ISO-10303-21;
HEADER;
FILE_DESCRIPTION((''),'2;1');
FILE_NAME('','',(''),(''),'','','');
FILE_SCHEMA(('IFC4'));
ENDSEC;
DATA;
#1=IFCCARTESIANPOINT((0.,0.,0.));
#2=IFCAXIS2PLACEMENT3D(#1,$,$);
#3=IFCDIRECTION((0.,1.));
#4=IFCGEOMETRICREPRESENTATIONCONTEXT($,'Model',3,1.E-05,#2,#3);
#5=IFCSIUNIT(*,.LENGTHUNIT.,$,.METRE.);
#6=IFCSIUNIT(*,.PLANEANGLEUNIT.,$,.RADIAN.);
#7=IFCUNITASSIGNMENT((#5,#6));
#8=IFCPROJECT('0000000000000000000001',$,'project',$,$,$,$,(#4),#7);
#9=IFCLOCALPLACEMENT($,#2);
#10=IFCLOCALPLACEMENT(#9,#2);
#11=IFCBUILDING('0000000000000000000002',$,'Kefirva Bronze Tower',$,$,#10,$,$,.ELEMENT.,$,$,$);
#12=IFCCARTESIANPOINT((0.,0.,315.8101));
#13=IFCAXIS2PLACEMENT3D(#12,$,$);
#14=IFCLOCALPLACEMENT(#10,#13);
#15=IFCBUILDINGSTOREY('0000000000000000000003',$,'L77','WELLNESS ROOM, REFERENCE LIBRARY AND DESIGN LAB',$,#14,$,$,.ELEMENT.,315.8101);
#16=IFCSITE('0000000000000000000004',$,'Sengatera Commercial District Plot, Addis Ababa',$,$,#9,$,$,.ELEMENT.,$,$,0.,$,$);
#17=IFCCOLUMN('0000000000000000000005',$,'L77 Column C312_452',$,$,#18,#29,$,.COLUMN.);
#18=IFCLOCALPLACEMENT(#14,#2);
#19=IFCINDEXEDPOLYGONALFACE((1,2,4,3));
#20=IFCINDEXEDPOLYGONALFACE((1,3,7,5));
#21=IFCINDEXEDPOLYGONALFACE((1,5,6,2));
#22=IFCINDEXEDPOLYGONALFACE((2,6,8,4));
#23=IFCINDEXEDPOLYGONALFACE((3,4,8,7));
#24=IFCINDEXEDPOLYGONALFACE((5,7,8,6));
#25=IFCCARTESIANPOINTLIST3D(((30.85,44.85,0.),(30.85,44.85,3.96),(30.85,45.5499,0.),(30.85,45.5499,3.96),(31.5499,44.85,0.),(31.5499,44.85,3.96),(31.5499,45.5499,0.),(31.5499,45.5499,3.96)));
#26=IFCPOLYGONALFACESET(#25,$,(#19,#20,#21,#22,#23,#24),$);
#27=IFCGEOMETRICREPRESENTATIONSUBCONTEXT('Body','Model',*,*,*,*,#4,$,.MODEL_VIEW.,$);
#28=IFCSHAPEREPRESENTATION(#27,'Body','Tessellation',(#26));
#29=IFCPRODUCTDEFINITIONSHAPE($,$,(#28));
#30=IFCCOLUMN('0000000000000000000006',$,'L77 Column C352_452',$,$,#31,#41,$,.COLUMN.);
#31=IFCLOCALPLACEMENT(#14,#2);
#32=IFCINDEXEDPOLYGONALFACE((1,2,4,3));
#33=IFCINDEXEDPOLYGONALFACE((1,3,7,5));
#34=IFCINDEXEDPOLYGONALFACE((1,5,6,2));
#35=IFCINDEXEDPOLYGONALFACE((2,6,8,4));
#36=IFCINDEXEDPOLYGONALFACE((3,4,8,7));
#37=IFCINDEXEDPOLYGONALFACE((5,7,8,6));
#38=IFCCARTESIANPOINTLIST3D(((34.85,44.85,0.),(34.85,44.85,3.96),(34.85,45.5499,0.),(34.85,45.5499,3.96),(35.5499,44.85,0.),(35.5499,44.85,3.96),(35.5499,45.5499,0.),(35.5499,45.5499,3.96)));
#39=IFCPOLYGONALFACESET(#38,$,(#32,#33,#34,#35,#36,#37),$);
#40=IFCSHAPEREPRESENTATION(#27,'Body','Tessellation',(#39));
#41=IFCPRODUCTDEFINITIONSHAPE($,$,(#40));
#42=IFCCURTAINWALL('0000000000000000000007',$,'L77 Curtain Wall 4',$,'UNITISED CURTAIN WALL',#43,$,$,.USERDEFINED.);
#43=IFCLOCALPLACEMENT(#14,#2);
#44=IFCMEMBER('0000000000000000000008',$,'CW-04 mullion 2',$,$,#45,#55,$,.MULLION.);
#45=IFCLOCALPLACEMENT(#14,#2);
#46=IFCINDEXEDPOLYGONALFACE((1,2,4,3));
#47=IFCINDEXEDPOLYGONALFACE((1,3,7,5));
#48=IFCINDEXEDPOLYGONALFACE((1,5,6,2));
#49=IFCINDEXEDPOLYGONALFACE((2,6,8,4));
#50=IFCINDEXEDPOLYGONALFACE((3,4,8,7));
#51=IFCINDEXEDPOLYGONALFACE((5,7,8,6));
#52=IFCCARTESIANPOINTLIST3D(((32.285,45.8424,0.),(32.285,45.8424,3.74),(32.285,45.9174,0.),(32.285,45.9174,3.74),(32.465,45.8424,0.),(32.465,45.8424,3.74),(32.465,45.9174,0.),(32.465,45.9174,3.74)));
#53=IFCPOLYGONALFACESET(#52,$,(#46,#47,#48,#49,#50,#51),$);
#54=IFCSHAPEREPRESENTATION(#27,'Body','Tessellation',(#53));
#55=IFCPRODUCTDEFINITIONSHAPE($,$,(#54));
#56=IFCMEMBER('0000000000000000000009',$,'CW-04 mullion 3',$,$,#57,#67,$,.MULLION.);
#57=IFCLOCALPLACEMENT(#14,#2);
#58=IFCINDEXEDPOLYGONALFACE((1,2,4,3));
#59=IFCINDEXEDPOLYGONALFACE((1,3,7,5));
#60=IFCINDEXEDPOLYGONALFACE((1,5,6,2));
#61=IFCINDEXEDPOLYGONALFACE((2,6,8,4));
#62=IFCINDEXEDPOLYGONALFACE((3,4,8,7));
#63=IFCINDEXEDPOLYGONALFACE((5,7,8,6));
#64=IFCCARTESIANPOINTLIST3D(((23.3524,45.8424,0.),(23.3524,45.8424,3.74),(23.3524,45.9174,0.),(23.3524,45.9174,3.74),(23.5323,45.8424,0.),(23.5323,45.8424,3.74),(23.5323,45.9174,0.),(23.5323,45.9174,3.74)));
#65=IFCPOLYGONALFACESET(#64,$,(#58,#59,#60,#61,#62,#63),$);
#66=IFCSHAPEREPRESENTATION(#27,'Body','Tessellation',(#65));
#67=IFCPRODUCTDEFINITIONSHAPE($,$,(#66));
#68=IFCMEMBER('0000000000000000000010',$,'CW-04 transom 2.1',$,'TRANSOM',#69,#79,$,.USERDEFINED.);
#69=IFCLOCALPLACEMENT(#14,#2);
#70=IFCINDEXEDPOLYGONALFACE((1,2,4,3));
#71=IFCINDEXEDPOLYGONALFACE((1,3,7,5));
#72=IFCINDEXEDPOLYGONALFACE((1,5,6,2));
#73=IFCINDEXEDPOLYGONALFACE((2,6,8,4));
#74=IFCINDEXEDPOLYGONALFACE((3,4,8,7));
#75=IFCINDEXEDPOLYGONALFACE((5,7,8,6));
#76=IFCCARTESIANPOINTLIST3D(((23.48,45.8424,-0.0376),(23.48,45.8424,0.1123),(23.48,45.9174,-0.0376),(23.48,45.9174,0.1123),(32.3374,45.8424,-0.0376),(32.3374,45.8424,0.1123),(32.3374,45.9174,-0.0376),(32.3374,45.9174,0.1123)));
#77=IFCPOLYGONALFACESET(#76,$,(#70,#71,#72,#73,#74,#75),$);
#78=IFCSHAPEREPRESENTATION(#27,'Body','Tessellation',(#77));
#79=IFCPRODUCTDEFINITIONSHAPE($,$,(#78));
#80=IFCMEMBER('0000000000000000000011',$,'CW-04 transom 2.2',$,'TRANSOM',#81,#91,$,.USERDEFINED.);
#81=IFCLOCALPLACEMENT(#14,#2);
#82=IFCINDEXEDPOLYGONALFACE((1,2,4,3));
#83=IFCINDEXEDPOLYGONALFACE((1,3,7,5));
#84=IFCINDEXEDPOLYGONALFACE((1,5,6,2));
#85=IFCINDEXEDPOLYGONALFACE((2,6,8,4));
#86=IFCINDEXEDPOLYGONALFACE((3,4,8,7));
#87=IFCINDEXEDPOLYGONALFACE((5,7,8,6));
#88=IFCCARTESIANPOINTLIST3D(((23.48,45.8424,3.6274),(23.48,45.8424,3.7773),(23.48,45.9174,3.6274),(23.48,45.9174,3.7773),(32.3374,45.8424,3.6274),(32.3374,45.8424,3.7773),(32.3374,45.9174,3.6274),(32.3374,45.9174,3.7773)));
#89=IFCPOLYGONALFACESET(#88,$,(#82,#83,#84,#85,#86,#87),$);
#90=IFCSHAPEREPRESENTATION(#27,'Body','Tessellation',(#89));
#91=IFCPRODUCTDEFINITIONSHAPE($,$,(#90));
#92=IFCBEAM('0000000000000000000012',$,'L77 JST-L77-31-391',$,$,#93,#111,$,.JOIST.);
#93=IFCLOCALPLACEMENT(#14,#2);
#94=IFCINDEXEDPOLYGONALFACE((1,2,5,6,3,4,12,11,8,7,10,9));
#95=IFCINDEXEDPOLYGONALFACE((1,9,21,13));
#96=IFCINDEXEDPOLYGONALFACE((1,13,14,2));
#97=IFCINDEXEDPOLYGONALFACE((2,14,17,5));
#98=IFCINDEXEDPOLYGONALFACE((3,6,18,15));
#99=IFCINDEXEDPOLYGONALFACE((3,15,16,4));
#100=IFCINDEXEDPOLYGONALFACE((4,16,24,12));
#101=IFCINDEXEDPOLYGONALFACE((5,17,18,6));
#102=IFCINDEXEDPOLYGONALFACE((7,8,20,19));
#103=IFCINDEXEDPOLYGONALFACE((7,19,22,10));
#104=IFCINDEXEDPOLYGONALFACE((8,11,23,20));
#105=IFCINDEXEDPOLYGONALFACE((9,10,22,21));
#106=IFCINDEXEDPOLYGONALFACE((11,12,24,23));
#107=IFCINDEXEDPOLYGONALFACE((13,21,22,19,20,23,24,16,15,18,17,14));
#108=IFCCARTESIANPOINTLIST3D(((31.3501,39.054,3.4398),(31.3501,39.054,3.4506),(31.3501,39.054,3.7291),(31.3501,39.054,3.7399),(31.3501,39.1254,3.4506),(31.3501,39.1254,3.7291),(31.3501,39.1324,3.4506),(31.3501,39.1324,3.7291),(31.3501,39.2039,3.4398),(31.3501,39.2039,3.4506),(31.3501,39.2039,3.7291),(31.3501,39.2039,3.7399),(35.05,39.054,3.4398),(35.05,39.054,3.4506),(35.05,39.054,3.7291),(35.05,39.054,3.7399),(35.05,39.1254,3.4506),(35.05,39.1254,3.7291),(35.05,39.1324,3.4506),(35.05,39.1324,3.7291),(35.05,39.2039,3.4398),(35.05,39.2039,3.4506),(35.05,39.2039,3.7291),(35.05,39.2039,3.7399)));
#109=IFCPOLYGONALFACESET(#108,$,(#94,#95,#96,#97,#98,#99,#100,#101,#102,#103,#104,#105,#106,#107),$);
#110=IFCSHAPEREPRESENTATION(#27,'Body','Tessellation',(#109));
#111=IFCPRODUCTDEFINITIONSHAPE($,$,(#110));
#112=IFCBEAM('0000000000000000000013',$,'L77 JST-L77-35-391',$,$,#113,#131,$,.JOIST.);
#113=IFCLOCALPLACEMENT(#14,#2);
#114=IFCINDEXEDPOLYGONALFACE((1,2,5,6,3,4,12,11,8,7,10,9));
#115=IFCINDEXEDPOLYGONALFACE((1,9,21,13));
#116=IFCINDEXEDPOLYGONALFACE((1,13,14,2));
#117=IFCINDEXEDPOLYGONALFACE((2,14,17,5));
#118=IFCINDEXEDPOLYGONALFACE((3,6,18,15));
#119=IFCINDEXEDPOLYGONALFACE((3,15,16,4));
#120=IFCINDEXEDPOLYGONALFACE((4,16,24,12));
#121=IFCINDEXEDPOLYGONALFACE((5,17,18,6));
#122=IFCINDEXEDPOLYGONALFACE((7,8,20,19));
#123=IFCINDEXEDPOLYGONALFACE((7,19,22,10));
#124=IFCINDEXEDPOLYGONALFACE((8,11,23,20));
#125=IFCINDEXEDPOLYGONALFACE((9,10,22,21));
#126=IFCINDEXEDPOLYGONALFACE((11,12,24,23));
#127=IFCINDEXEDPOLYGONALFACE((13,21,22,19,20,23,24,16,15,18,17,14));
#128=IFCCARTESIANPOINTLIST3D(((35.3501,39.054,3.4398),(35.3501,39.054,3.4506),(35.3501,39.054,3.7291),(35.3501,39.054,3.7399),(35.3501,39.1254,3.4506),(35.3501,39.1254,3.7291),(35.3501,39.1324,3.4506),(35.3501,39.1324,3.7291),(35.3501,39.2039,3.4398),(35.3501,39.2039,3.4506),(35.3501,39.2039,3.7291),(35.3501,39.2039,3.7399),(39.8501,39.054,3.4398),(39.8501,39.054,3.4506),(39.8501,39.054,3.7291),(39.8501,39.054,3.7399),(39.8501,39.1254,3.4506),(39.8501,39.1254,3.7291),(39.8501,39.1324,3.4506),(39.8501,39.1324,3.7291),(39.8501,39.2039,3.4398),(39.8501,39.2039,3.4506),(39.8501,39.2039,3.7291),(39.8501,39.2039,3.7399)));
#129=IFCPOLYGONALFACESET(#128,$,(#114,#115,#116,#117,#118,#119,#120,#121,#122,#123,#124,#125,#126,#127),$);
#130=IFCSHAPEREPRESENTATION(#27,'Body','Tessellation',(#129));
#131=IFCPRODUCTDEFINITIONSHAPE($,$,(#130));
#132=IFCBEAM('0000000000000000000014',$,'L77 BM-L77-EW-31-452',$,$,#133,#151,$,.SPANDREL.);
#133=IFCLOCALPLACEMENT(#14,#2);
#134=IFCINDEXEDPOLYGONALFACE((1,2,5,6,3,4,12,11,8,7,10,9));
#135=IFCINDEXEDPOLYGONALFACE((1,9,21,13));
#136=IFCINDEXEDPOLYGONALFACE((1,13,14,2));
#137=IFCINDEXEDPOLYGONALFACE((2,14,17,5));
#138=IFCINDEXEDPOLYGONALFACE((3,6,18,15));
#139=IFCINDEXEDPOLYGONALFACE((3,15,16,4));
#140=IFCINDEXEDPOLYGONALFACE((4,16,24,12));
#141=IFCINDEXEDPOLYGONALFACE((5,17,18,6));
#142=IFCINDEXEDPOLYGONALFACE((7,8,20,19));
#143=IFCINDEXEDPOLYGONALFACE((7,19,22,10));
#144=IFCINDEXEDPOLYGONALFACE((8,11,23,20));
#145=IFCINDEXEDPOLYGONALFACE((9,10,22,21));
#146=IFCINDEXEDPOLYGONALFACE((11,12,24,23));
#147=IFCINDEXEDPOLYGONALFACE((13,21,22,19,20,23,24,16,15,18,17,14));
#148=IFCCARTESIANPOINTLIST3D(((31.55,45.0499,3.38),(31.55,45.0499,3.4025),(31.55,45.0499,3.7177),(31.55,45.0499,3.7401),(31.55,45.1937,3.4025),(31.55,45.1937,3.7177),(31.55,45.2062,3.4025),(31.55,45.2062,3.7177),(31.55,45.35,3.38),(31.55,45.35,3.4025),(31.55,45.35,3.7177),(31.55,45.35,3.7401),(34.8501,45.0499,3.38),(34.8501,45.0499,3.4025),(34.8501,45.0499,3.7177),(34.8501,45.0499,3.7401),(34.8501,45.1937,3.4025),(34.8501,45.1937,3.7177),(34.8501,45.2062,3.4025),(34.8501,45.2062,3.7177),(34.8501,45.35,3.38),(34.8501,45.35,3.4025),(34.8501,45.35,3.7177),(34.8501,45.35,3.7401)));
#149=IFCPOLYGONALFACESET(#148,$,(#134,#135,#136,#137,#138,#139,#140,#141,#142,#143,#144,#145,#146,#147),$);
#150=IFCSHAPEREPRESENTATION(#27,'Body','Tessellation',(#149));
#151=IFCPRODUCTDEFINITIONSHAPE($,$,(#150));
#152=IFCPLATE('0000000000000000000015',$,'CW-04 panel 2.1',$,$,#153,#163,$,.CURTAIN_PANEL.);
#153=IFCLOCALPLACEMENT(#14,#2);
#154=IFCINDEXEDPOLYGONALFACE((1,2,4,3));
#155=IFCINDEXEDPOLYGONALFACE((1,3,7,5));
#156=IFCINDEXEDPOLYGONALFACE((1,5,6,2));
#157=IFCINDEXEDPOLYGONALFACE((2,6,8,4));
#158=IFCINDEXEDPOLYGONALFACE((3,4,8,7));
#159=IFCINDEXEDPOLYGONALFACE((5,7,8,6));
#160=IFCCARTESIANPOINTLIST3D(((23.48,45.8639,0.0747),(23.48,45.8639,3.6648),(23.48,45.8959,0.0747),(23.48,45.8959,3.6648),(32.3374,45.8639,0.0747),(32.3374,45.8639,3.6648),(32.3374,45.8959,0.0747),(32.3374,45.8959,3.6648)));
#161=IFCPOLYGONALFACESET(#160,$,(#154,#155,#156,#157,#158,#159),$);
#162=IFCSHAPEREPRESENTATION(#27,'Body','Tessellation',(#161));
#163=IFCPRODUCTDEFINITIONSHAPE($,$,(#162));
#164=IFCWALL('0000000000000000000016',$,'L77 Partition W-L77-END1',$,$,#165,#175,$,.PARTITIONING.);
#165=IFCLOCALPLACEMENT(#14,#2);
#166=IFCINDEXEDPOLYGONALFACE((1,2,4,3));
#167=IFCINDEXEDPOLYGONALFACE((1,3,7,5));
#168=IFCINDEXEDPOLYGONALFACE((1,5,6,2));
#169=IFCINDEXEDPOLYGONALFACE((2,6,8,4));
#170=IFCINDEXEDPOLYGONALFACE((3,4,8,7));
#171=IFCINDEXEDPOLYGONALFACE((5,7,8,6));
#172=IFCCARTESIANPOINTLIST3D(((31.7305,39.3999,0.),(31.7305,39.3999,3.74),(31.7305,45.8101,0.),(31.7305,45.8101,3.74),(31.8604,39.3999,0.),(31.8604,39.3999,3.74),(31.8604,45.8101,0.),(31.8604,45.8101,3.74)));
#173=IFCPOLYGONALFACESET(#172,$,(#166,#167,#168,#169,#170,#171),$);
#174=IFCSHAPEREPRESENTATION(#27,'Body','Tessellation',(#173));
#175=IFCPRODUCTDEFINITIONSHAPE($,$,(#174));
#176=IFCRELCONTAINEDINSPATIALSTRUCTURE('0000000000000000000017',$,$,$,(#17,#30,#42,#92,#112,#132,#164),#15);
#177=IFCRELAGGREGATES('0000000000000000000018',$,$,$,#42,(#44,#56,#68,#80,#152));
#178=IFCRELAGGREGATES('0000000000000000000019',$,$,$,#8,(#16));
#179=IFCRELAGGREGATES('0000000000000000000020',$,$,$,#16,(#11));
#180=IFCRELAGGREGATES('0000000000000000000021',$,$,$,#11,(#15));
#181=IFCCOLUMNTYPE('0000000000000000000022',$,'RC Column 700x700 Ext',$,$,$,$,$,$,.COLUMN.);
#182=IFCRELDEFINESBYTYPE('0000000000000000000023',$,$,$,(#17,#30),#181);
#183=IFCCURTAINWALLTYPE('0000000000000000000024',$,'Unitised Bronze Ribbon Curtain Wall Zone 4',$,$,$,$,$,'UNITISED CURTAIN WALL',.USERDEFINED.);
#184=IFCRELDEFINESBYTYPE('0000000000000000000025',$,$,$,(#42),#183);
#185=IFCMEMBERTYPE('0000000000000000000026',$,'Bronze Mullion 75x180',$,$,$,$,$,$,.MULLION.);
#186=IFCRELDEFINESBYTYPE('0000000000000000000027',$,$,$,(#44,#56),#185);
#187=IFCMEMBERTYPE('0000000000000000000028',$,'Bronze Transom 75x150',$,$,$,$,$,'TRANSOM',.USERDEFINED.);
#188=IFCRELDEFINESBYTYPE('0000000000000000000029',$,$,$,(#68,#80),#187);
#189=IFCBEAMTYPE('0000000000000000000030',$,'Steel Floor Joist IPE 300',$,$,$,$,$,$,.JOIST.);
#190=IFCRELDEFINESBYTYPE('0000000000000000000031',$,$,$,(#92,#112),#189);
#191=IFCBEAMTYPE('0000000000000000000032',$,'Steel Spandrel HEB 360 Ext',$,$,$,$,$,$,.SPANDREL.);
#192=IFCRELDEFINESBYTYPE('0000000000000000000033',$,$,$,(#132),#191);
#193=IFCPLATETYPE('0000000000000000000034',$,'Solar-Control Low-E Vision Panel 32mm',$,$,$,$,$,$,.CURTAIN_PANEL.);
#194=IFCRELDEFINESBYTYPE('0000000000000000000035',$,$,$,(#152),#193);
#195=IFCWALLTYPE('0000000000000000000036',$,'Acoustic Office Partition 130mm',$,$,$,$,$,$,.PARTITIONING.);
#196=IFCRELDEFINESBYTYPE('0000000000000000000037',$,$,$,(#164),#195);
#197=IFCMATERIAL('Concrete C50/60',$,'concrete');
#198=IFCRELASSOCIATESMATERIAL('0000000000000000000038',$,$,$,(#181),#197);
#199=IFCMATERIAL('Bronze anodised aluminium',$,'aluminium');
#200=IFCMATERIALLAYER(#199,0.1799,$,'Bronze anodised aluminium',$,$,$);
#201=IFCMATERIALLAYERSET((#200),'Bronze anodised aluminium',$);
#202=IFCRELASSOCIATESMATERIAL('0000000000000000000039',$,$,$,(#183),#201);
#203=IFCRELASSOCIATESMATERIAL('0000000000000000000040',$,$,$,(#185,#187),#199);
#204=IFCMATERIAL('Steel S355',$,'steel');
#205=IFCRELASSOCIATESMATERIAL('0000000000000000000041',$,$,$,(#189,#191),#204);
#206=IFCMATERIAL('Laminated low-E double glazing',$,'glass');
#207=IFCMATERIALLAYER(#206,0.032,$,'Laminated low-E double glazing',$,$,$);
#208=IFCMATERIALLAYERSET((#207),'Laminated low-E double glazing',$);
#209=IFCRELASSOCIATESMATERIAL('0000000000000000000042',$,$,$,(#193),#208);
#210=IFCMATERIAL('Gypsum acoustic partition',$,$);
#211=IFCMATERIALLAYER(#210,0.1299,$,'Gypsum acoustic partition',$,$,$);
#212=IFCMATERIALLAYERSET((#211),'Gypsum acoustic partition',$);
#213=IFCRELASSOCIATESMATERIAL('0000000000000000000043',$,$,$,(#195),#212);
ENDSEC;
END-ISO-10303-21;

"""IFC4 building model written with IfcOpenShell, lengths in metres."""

from ifc_helpers import new_model, si_unit, direction, frame, frame_2d, origin, origin_2d, place, context, subcontext, project, spatial, rectangle, i_section, extrude, material, layer, layer_set, material_profile, profile_set, type_object, element, aggregate, save


model = new_model("IFC4")

# Units and contexts
model_context = context("Model", 3, precision=1e-05, world=origin(), true_north=direction((0.0, 1.0)))
body_context = subcontext(model_context, "Body", "Model", "MODEL_VIEW")
ifc_project = project(units=[si_unit("LENGTHUNIT", "METRE"), si_unit("PLANEANGLEUNIT", "RADIAN")], contexts=[model_context])

# Site, building, storey
site_placement = place(None, origin())
site = spatial("IfcSite", under=ifc_project, at=site_placement, Name="Sengatera Commercial District Plot, Addis Ababa", CompositionType="ELEMENT", RefElevation=0.0)
building_placement = place(site_placement, origin())
building = spatial("IfcBuilding", under=site, at=building_placement, Name="Kefirva Bronze Tower", CompositionType="ELEMENT")
storey_placement = place(building_placement, frame((0.0, 0.0, 315.8101)))
storey = spatial("IfcBuildingStorey", under=building, at=storey_placement, Name="L77", Description="WELLNESS ROOM, REFERENCE LIBRARY AND DESIGN LAB", CompositionType="ELEMENT", Elevation=315.8101)

# Columns
ifc_material_1 = material(Name="Concrete C50/60", Category="concrete")
ifc_material_profile_1 = material_profile(ifc_material_1, rectangle(XDim=0.7, YDim=0.7, at=origin_2d()), Name="RC 700x700")
ifc_profile_set_1 = profile_set([ifc_material_profile_1], Name="Concrete C50/60")
column_type = type_object("IfcColumnType", Name="RC Column 700x700 Ext", PredefinedType="COLUMN", material=ifc_profile_set_1)
for number, where, z_axis, x_axis, name in (
    (1, (31.2, 45.2, 0.0), (0.0, 0.0, 1.0), (1.0, 0.0, 0.0), "L77 Column C312_452"),
    (2, (35.2, 45.2, 0.0), (0.0, 0.0, 1.0), (1.0, 0.0, 0.0), "L77 Column C352_452"),
):
    element("IfcColumn", number, at=place(storey_placement, frame(where, z_axis=z_axis, x_axis=x_axis)), inside=storey, type_object=column_type, Name=name, PredefinedType="COLUMN", context=body_context, shape_type="SweptSolid", body=[
        extrude(rectangle(XDim=0.7, YDim=0.7, at=origin_2d()), origin(), (0.0, 0.0, 1.0), 3.96),
    ])

# Curtain wall, members
ifc_material_2 = material(Name="Bronze anodised aluminium", Category="aluminium")
ifc_layer_1 = layer(ifc_material_2, 0.1799, Name="Bronze anodised aluminium")
ifc_layer_set_1 = layer_set([ifc_layer_1], Name="Bronze anodised aluminium")
curtain_wall_type = type_object("IfcCurtainWallType", Name="Unitised Bronze Ribbon Curtain Wall Zone 4", ElementType="UNITISED CURTAIN WALL", PredefinedType="USERDEFINED", material=ifc_layer_set_1)
curtain_wall_placement = place(storey_placement, origin())
curtain_wall = element("IfcCurtainWall", 3, at=curtain_wall_placement, inside=storey, type_object=curtain_wall_type, Name="L77 Curtain Wall 4", ObjectType="UNITISED CURTAIN WALL", PredefinedType="USERDEFINED")
ifc_material_profile_2 = material_profile(ifc_material_2, rectangle(XDim=0.075, YDim=0.1799, at=origin_2d()), Name="ALU 75x180")
ifc_profile_set_2 = profile_set([ifc_material_profile_2], Name="Bronze anodised aluminium")
member_type_1 = type_object("IfcMemberType", Name="Bronze Mullion 75x180", PredefinedType="MULLION", material=ifc_profile_set_2)
member_1_placement = place(storey_placement, frame((32.375, 45.8799, 0.0), z_axis=(0.0, 0.0, 1.0), x_axis=(0.0, -1.0, 0.0)))
member_1 = element("IfcMember", 4, at=member_1_placement, type_object=member_type_1, Name="CW-04 mullion 2", PredefinedType="MULLION", context=body_context, shape_type="SweptSolid", body=[
    extrude(rectangle(XDim=0.075, YDim=0.1799, at=origin_2d()), origin(), (0.0, 0.0, 1.0), 3.74),
])
member_2_placement = place(storey_placement, frame((23.4424, 45.8799, 0.0), z_axis=(0.0, 0.0, 1.0), x_axis=(0.0, -1.0, 0.0)))
member_2 = element("IfcMember", 5, at=member_2_placement, type_object=member_type_1, Name="CW-04 mullion 3", PredefinedType="MULLION", context=body_context, shape_type="SweptSolid", body=[
    extrude(rectangle(XDim=0.075, YDim=0.1799, at=origin_2d()), origin(), (0.0, 0.0, 1.0), 3.74),
])
ifc_material_profile_3 = material_profile(ifc_material_2, rectangle(XDim=0.075, YDim=0.1499, at=origin_2d()), Name="ALU 75x150")
ifc_profile_set_3 = profile_set([ifc_material_profile_3], Name="Bronze anodised aluminium")
member_type_2 = type_object("IfcMemberType", Name="Bronze Transom 75x150", ElementType="TRANSOM", PredefinedType="USERDEFINED", material=ifc_profile_set_3)
member_3_placement = place(storey_placement, frame((32.3374, 45.8799, 0.0374), z_axis=(-1.0, 0.0, 0.0), x_axis=(0.0, -1.0, 0.0)))
member_3 = element("IfcMember", 6, at=member_3_placement, type_object=member_type_2, Name="CW-04 transom 2.1", ObjectType="TRANSOM", PredefinedType="USERDEFINED", context=body_context, shape_type="SweptSolid", body=[
    extrude(rectangle(XDim=0.075, YDim=0.1499, at=origin_2d()), origin(), (0.0, 0.0, 1.0), 8.8574),
])
member_4_placement = place(storey_placement, frame((32.3374, 45.8799, 3.7024), z_axis=(-1.0, 0.0, 0.0), x_axis=(0.0, -1.0, 0.0)))
member_4 = element("IfcMember", 7, at=member_4_placement, type_object=member_type_2, Name="CW-04 transom 2.2", ObjectType="TRANSOM", PredefinedType="USERDEFINED", context=body_context, shape_type="SweptSolid", body=[
    extrude(rectangle(XDim=0.075, YDim=0.1499, at=origin_2d()), origin(), (0.0, 0.0, 1.0), 8.8574),
])

# Beams
ifc_material_3 = material(Name="Steel S355", Category="steel")
ifc_material_profile_4 = material_profile(ifc_material_3, i_section(OverallWidth=0.1499, OverallDepth=0.3, WebThickness=0.0071, FlangeThickness=0.0107, at=origin_2d()), Name="IPE 300")
ifc_profile_set_4 = profile_set([ifc_material_profile_4], Name="Steel S355")
beam_type_1 = type_object("IfcBeamType", Name="Steel Floor Joist IPE 300", PredefinedType="JOIST", material=ifc_profile_set_4)
beam_1_placement = place(storey_placement, frame((31.3501, 39.1289, 3.5898), z_axis=(1.0, 0.0, 0.0), x_axis=(0.0, 1.0, 0.0)))
element("IfcBeam", 8, at=beam_1_placement, inside=storey, type_object=beam_type_1, Name="L77 JST-L77-31-391", PredefinedType="JOIST", context=body_context, shape_type="SweptSolid", body=[
    extrude(i_section(OverallWidth=0.1499, OverallDepth=0.3, WebThickness=0.0071, FlangeThickness=0.0107, at=origin_2d()), origin(), (0.0, 0.0, 1.0), 3.7),
])
beam_2_placement = place(storey_placement, frame((35.3501, 39.1289, 3.5898), z_axis=(1.0, 0.0, 0.0), x_axis=(0.0, 1.0, 0.0)))
element("IfcBeam", 9, at=beam_2_placement, inside=storey, type_object=beam_type_1, Name="L77 JST-L77-35-391", PredefinedType="JOIST", context=body_context, shape_type="SweptSolid", body=[
    extrude(i_section(OverallWidth=0.1499, OverallDepth=0.3, WebThickness=0.0071, FlangeThickness=0.0107, at=origin_2d()), origin(), (0.0, 0.0, 1.0), 4.5),
])
ifc_material_profile_5 = material_profile(ifc_material_3, i_section(OverallWidth=0.3, OverallDepth=0.3601, WebThickness=0.0125, FlangeThickness=0.0225, at=origin_2d()), Name="HEB 360")
ifc_profile_set_5 = profile_set([ifc_material_profile_5], Name="Steel S355")
beam_type_2 = type_object("IfcBeamType", Name="Steel Spandrel HEB 360 Ext", PredefinedType="SPANDREL", material=ifc_profile_set_5)
beam_3_placement = place(storey_placement, frame((31.55, 45.2, 3.5601), z_axis=(1.0, 0.0, 0.0), x_axis=(0.0, 1.0, 0.0)))
element("IfcBeam", 10, at=beam_3_placement, inside=storey, type_object=beam_type_2, Name="L77 BM-L77-EW-31-452", PredefinedType="SPANDREL", context=body_context, shape_type="SweptSolid", body=[
    extrude(i_section(OverallWidth=0.3, OverallDepth=0.3601, WebThickness=0.0125, FlangeThickness=0.0225, at=origin_2d()), origin(), (0.0, 0.0, 1.0), 3.3),
])

# Plate
ifc_material_4 = material(Name="Laminated low-E double glazing", Category="glass")
ifc_layer_2 = layer(ifc_material_4, 0.032, Name="Laminated low-E double glazing")
ifc_layer_set_2 = layer_set([ifc_layer_2], Name="Laminated low-E double glazing")
plate_type = type_object("IfcPlateType", Name="Solar-Control Low-E Vision Panel 32mm", PredefinedType="CURTAIN_PANEL", material=ifc_layer_set_2)
plate_placement = place(storey_placement, frame((27.9087, 45.8799, 0.0747), z_axis=(0.0, 0.0, 1.0), x_axis=(-1.0, 0.0, 0.0)))
plate = element("IfcPlate", 11, at=plate_placement, type_object=plate_type, Name="CW-04 panel 2.1", PredefinedType="CURTAIN_PANEL", context=body_context, shape_type="SweptSolid", body=[
    extrude(rectangle(XDim=8.8574, YDim=0.032, at=origin_2d()), origin(), (0.0, 0.0, 1.0), 3.5901),
])
aggregate(curtain_wall, [member_1, member_2, member_3, member_4, plate])

# Wall
ifc_material_5 = material(Name="Gypsum acoustic partition")
ifc_layer_3 = layer(ifc_material_5, 0.1299, Name="Gypsum acoustic partition")
ifc_layer_set_3 = layer_set([ifc_layer_3], Name="Gypsum acoustic partition")
wall_type_1 = type_object("IfcWallType", Name="Acoustic Office Partition 130mm", PredefinedType="PARTITIONING", material=ifc_layer_set_3)
wall_1_placement = place(storey_placement, frame((31.7954, 39.3999, 0.0), z_axis=(0.0, 0.0, 1.0), x_axis=(0.0, 1.0, 0.0)))
element("IfcWall", 12, at=wall_1_placement, inside=storey, type_object=wall_type_1, Name="L77 Partition W-L77-END1", PredefinedType="PARTITIONING", context=body_context, shape_type="SweptSolid", body=[
    extrude(rectangle(XDim=6.4102, YDim=0.1299, at=frame_2d((3.2051, 0.0))), origin(), (0.0, 0.0, 1.0), 3.74),
])

save(model, "model.ifc")
